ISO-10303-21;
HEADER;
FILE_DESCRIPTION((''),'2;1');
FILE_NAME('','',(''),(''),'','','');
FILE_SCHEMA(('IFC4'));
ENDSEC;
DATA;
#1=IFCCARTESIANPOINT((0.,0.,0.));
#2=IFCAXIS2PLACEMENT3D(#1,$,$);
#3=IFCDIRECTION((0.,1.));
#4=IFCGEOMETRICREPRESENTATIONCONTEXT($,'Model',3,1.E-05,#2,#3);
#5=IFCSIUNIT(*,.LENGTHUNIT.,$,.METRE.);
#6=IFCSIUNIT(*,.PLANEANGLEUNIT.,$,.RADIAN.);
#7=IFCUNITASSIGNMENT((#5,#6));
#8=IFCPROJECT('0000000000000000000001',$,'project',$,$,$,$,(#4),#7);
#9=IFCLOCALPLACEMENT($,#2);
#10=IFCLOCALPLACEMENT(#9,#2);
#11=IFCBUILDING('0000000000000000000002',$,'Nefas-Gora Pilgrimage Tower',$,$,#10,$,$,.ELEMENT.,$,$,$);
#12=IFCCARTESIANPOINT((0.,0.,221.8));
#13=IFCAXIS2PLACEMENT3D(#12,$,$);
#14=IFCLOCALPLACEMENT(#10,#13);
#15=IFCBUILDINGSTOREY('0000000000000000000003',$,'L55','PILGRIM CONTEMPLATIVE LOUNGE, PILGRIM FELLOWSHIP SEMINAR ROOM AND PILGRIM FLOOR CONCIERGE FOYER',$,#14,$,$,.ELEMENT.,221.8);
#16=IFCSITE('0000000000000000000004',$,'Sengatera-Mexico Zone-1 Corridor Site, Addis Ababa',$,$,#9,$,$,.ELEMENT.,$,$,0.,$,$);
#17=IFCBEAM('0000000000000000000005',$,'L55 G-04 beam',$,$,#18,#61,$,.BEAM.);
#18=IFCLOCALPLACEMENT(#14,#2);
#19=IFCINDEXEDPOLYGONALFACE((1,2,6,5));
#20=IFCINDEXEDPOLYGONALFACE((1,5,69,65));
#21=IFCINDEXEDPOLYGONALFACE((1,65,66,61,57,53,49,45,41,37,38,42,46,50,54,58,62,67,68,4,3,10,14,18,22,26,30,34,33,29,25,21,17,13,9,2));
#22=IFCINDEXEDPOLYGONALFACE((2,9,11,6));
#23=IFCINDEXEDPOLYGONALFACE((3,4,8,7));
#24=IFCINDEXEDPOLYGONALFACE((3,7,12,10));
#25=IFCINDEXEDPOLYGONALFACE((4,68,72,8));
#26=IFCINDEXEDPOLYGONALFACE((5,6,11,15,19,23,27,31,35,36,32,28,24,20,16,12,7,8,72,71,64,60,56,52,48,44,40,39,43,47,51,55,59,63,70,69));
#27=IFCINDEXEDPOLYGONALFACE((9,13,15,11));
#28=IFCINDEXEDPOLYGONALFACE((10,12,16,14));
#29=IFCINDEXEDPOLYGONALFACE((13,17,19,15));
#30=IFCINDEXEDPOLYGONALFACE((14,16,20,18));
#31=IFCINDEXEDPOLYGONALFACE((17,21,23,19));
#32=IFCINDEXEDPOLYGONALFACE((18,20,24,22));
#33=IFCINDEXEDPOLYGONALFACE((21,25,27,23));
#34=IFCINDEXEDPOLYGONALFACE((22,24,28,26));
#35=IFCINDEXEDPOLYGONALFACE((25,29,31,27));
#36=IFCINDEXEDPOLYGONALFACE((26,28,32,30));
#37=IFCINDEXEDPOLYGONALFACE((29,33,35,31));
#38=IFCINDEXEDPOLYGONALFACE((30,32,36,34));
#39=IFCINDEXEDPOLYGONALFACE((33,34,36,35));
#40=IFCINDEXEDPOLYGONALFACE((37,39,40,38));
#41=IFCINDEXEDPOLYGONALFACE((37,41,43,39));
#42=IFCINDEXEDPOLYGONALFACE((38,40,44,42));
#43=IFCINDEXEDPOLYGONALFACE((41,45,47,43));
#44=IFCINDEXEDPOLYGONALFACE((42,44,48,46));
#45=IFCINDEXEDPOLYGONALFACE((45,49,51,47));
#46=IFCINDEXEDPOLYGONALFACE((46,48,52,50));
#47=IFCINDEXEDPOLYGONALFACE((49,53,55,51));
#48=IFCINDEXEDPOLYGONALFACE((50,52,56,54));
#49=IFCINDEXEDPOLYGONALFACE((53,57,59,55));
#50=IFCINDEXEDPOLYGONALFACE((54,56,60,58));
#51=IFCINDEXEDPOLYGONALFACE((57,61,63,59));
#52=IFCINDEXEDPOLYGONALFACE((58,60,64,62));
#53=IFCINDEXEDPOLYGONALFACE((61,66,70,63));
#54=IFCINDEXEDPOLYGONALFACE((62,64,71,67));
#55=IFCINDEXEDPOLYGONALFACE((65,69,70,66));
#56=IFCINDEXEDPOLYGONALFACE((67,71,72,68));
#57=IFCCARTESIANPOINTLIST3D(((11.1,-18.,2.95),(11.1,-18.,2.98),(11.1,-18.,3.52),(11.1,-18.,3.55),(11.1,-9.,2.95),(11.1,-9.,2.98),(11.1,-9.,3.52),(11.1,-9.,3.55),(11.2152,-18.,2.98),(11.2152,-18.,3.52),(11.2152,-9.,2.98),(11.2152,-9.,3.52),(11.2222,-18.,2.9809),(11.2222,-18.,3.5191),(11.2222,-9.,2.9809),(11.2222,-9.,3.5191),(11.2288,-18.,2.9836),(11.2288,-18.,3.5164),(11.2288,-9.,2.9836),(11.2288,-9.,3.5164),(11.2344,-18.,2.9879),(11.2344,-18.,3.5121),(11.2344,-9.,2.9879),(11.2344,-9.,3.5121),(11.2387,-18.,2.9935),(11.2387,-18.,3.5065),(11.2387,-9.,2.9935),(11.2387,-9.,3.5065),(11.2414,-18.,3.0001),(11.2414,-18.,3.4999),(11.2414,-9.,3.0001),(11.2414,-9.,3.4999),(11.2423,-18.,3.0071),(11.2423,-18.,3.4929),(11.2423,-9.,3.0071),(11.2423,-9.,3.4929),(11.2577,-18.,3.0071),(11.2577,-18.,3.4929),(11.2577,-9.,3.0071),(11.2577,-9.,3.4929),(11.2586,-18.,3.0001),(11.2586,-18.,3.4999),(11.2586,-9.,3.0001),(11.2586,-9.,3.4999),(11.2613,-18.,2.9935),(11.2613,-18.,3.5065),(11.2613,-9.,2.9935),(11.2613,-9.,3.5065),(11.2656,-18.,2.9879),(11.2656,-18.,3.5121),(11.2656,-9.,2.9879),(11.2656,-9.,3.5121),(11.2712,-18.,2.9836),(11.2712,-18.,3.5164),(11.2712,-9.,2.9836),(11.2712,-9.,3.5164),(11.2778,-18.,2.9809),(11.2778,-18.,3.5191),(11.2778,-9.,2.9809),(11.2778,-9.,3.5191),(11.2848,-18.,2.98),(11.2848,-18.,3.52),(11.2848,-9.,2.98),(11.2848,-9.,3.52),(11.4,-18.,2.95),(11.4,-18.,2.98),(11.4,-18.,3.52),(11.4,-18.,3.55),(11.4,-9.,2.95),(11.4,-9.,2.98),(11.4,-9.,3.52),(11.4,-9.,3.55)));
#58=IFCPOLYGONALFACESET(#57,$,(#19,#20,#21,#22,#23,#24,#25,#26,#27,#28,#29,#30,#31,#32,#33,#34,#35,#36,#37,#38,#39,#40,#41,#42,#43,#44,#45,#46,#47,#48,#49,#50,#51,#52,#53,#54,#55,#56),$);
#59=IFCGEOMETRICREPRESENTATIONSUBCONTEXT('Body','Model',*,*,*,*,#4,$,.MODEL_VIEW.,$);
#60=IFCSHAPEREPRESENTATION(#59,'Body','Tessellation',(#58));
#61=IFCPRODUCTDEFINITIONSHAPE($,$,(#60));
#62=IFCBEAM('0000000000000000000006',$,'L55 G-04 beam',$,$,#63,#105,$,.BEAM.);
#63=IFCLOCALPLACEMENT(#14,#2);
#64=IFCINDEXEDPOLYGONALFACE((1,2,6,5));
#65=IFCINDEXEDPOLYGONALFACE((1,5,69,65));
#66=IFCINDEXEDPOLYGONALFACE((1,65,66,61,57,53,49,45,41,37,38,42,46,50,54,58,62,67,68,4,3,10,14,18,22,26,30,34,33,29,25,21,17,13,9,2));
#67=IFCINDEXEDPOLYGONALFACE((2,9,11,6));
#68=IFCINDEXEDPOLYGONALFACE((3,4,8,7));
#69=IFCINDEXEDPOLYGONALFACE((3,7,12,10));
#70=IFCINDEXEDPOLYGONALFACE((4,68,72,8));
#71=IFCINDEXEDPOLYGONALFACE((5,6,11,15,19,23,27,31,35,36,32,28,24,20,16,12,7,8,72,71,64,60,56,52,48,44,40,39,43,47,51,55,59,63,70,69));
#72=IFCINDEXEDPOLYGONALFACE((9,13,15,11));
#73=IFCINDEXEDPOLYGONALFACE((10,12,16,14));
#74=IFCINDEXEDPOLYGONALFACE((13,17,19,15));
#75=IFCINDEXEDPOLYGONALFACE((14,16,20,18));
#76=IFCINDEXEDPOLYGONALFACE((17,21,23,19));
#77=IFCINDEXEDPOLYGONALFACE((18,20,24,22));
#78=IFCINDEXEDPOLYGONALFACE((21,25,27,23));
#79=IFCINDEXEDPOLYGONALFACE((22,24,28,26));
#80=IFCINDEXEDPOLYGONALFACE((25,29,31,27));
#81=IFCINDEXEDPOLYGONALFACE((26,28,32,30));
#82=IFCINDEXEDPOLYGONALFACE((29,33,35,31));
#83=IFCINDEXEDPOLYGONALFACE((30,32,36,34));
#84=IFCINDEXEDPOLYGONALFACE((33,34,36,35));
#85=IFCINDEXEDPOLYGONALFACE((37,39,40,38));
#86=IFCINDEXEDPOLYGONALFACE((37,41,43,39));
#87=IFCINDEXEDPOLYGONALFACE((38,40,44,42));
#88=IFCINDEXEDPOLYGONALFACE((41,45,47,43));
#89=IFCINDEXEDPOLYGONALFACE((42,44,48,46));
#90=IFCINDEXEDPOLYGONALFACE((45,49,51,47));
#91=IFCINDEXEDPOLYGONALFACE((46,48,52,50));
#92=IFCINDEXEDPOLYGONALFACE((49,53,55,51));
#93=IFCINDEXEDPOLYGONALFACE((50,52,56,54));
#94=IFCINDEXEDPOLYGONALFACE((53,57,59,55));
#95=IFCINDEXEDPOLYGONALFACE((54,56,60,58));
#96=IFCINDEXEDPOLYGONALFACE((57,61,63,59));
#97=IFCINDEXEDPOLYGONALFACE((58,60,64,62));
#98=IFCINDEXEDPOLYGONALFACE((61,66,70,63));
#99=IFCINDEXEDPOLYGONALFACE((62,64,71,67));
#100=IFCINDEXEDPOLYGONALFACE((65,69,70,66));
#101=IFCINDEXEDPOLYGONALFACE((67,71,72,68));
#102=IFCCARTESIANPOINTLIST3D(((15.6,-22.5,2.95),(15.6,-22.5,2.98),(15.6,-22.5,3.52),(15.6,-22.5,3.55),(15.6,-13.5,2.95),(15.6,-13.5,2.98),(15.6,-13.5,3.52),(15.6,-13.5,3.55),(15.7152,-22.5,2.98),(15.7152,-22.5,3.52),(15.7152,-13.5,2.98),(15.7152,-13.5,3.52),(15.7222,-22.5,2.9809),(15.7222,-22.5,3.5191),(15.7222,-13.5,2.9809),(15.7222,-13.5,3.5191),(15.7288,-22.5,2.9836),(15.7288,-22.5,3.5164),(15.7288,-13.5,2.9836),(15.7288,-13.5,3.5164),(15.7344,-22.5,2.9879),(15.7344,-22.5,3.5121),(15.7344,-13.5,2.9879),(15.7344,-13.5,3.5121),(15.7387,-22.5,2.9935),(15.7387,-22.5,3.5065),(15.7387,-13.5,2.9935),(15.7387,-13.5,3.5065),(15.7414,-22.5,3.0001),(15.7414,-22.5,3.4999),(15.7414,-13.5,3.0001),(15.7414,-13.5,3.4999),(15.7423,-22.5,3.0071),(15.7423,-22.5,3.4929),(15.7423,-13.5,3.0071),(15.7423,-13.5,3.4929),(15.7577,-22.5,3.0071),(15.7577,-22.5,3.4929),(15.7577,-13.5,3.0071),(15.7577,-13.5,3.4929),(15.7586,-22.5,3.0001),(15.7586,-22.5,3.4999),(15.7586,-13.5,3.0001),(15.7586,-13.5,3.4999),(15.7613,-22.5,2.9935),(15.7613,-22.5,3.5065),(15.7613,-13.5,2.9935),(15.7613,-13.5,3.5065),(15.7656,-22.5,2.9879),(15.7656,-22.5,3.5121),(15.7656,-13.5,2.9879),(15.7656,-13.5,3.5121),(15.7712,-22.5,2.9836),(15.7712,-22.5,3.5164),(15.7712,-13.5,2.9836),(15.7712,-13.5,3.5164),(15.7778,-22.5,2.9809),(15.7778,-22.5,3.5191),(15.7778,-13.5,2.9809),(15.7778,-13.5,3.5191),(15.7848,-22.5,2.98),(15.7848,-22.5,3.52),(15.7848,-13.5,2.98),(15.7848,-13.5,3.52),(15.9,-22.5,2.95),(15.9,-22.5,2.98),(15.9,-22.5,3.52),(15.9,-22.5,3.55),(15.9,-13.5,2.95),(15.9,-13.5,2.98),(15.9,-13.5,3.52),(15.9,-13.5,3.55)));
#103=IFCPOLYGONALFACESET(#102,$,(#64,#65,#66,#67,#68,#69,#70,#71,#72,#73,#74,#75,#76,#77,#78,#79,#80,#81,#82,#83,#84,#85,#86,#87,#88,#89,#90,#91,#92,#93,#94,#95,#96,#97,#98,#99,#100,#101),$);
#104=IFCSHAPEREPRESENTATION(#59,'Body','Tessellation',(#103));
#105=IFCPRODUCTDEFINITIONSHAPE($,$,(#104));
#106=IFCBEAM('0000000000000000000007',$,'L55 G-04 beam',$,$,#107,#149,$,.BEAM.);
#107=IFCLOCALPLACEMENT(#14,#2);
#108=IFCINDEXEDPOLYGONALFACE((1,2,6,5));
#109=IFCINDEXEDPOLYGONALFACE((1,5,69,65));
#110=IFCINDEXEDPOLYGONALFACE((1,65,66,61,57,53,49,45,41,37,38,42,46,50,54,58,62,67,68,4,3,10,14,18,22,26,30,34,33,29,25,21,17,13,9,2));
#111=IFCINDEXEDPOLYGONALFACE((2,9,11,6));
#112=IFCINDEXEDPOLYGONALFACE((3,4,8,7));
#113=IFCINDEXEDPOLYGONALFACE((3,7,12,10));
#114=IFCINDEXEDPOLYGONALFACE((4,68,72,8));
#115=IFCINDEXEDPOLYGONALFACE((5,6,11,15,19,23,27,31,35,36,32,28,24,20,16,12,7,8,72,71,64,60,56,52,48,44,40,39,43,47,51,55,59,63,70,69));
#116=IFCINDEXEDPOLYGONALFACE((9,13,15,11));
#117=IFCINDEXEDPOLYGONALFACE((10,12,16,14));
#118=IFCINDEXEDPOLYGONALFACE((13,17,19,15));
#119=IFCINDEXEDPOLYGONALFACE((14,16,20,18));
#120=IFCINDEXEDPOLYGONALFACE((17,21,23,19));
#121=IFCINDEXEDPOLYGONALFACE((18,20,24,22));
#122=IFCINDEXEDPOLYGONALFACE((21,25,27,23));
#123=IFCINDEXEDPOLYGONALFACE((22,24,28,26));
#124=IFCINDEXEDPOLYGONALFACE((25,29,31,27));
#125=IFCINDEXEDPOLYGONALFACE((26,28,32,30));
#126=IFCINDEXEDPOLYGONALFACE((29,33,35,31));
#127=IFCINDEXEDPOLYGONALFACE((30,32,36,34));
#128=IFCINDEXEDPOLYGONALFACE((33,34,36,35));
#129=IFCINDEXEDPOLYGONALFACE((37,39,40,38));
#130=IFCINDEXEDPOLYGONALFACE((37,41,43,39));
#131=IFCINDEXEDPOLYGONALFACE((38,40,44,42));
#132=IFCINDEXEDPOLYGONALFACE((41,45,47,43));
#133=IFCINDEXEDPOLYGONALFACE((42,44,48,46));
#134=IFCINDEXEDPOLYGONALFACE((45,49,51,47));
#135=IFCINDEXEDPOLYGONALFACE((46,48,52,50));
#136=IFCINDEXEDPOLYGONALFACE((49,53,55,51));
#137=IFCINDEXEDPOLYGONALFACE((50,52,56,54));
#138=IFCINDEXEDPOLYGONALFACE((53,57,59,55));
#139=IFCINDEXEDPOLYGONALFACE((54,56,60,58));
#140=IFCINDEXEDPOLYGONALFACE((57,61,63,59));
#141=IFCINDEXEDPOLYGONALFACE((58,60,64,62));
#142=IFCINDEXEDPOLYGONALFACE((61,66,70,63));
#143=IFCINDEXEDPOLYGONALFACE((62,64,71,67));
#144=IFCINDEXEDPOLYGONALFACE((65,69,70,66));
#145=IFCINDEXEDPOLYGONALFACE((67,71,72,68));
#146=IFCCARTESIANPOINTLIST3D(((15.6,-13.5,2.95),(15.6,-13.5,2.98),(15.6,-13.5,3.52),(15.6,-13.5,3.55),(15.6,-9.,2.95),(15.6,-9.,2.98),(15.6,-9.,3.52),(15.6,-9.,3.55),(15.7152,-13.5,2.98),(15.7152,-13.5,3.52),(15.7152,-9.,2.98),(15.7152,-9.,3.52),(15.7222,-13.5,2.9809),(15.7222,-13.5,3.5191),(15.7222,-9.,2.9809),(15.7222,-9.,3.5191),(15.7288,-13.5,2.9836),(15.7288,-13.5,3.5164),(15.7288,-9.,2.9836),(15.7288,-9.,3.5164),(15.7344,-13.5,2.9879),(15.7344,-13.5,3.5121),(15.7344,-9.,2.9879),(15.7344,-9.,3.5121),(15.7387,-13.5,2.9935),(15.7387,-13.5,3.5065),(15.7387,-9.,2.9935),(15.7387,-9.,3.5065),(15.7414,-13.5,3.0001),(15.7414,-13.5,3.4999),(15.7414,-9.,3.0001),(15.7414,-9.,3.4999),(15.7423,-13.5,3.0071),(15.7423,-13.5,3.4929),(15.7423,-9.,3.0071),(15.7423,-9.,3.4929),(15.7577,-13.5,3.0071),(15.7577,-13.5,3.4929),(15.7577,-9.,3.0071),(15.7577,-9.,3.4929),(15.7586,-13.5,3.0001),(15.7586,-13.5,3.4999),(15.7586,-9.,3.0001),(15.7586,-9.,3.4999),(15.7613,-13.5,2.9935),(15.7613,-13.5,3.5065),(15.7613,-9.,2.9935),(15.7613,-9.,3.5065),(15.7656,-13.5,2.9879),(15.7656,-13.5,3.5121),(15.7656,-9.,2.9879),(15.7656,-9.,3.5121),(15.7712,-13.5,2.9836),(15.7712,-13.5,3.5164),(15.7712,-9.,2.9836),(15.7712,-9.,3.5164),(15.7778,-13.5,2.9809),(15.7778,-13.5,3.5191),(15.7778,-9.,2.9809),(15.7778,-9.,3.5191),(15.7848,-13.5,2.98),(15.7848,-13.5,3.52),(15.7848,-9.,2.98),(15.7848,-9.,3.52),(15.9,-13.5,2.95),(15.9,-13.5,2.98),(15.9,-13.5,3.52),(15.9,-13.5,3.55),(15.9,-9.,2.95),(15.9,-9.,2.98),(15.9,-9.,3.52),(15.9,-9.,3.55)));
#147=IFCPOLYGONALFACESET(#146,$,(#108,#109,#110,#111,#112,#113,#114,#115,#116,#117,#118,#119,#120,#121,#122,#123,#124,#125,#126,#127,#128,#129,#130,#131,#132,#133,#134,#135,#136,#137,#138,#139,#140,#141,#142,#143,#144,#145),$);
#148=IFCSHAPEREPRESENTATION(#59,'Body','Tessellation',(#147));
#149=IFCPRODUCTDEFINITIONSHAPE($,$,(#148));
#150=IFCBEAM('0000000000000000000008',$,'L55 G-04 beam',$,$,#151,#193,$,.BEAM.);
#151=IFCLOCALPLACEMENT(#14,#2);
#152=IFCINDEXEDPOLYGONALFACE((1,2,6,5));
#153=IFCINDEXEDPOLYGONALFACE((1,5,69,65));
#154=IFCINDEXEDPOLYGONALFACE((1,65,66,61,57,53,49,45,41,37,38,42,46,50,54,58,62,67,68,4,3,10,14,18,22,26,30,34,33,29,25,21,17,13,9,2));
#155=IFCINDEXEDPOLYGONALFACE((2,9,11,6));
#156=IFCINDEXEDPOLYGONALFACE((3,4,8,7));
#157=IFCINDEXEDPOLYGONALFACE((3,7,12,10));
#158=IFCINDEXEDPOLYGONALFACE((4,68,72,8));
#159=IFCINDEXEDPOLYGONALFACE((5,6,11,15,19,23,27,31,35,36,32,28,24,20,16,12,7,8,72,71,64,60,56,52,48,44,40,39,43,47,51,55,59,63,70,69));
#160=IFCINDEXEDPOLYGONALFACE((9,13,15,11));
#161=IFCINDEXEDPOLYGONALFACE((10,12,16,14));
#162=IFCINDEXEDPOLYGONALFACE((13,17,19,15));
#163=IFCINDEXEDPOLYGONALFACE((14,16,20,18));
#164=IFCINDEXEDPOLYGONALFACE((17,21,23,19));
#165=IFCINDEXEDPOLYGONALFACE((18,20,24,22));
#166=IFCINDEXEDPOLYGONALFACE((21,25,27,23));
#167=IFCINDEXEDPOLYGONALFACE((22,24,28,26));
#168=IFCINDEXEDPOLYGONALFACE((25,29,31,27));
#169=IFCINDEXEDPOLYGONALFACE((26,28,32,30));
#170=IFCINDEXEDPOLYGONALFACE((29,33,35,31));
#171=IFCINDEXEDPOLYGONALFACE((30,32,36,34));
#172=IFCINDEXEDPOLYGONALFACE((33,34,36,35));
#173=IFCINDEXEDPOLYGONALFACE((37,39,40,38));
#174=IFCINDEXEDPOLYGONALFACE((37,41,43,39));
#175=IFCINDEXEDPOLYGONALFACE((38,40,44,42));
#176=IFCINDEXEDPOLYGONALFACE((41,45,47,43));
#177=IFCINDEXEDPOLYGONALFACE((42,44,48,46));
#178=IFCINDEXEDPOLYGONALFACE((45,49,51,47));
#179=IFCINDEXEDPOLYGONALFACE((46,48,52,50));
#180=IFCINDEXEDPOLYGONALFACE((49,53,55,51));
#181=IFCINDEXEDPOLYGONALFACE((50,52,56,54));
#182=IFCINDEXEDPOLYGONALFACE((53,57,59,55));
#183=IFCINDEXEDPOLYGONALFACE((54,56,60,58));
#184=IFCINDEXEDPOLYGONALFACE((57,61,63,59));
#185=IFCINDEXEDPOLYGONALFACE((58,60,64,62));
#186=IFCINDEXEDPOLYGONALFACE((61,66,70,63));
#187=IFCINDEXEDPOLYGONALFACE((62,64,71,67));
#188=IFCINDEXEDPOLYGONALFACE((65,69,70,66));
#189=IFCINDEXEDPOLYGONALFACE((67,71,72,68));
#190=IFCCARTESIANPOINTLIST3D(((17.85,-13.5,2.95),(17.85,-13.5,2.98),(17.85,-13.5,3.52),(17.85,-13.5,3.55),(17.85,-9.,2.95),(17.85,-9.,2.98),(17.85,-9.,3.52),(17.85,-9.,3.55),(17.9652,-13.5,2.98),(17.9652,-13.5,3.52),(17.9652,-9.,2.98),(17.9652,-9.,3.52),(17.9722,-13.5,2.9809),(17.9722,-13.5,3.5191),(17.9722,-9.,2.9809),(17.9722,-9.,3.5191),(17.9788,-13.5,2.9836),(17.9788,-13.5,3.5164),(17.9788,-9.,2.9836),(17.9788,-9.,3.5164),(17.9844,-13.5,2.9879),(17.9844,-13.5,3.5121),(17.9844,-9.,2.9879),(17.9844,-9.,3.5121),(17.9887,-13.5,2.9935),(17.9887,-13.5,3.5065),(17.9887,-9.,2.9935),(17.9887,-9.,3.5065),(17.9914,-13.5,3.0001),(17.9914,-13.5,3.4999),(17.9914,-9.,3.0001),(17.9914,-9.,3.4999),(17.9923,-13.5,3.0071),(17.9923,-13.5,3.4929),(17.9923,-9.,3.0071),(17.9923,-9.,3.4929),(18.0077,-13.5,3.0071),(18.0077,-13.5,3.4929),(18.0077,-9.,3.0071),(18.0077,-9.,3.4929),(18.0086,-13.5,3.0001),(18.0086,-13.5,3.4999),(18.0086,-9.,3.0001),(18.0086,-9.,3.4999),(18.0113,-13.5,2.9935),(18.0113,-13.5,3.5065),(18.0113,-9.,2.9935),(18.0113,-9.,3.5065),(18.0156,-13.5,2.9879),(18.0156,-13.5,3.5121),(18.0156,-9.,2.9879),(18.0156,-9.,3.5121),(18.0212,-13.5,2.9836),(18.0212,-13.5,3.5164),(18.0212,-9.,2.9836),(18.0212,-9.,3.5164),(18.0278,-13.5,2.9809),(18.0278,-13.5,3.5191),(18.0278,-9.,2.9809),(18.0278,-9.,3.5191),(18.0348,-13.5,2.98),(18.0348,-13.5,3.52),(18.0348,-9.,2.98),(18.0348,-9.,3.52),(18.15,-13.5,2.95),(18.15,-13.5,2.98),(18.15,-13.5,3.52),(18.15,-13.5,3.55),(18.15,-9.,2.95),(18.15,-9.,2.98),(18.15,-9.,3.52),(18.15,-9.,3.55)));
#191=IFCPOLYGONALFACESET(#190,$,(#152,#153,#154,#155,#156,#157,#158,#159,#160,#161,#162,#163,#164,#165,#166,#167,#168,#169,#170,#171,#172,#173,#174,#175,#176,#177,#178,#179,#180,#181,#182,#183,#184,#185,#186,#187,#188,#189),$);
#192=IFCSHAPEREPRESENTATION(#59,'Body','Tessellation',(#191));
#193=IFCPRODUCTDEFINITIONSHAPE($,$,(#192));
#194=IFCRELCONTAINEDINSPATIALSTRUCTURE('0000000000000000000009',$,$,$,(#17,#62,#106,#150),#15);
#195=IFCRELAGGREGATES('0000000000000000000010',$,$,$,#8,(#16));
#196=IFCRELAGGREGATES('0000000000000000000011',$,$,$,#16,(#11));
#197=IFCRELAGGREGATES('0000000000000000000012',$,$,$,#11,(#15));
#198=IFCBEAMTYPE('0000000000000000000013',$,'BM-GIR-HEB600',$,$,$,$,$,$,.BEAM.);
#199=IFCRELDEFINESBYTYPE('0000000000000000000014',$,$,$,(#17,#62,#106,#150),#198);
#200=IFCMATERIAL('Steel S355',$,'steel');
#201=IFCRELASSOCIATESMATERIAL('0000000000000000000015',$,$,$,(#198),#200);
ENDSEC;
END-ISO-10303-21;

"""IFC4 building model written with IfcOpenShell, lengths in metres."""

from ifc_helpers import new_model, si_unit, direction, frame, origin, origin_2d, place, context, subcontext, project, spatial, i_section, extrude, source, transform, mapped, material, material_profile, profile_set, type_object, element, save


model = new_model("IFC4")

# Units and contexts
model_context = context("Model", 3, precision=1e-05, world=origin(), true_north=direction((0.0, 1.0)))
body_context = subcontext(model_context, "Body", "Model", "MODEL_VIEW")
ifc_project = project(units=[si_unit("LENGTHUNIT", "METRE"), si_unit("PLANEANGLEUNIT", "RADIAN")], contexts=[model_context])

# Site, building, storey
site_placement = place(None, origin())
site = spatial("IfcSite", under=ifc_project, at=site_placement, Name="Sengatera-Mexico Zone-1 Corridor Site, Addis Ababa", CompositionType="ELEMENT", RefElevation=0.0)
building_placement = place(site_placement, origin())
building = spatial("IfcBuilding", under=site, at=building_placement, Name="Nefas-Gora Pilgrimage Tower", CompositionType="ELEMENT")
storey_placement = place(building_placement, frame((0.0, 0.0, 221.8)))
storey = spatial("IfcBuildingStorey", under=building, at=storey_placement, Name="L55", Description="PILGRIM CONTEMPLATIVE LOUNGE, PILGRIM FELLOWSHIP SEMINAR ROOM AND PILGRIM FLOOR CONCIERGE FOYER", CompositionType="ELEMENT", Elevation=221.8)

# Beams
ifc_material_1 = material(Name="Steel S355", Category="steel")
ifc_material_profile_1 = material_profile(ifc_material_1, i_section(OverallWidth=0.3, OverallDepth=0.6001, WebThickness=0.0154, FlangeThickness=0.03, FilletRadius=0.0271, at=origin_2d()), Name="HEB 600")
ifc_profile_set_1 = profile_set([ifc_material_profile_1], Name="Steel S355")
beam_type_1 = type_object("IfcBeamType", Name="BM-GIR-HEB600", PredefinedType="BEAM", material=ifc_profile_set_1)
shared_shape_1 = source(origin(), body_context, "Body", "SweptSolid", [
    extrude(i_section(OverallWidth=0.3, OverallDepth=0.6001, WebThickness=0.0154, FlangeThickness=0.03, FilletRadius=0.0271, at=origin_2d()), origin(), (0.0, 0.0, 1.0), 9.0),
])
for number, where, z_axis, x_axis, name in (
    (1, (11.25, -18.0, 3.25), (0.0, 1.0, 0.0), (-1.0, 0.0, 0.0), "L55 G-04 beam"),
    (2, (15.75, -22.5, 3.25), (0.0, 1.0, 0.0), (-1.0, 0.0, 0.0), "L55 G-04 beam"),
):
    element("IfcBeam", number, at=place(storey_placement, frame(where, z_axis=z_axis, x_axis=x_axis)), inside=storey, type_object=beam_type_1, Name=name, PredefinedType="BEAM", context=body_context, shape_type="MappedRepresentation", body=[
        mapped(shared_shape_1, transform((0.0, 0.0, 0.0), x_axis=(1.0, 0.0, 0.0), y_axis=(0.0, 1.0, 0.0), z_axis=(0.0, 0.0, 1.0), scale=1.0)),
    ])
shared_shape_2 = source(origin(), body_context, "Body", "SweptSolid", [
    extrude(i_section(OverallWidth=0.3, OverallDepth=0.6001, WebThickness=0.0154, FlangeThickness=0.03, FilletRadius=0.0271, at=origin_2d()), origin(), (0.0, 0.0, 1.0), 4.5),
])
for number, where, z_axis, x_axis, name in (
    (3, (15.75, -13.5, 3.25), (0.0, 1.0, 0.0), (-1.0, 0.0, 0.0), "L55 G-04 beam"),
    (4, (18.0, -13.5, 3.25), (0.0, 1.0, 0.0), (-1.0, 0.0, 0.0), "L55 G-04 beam"),
):
    element("IfcBeam", number, at=place(storey_placement, frame(where, z_axis=z_axis, x_axis=x_axis)), inside=storey, type_object=beam_type_1, Name=name, PredefinedType="BEAM", context=body_context, shape_type="MappedRepresentation", body=[
        mapped(shared_shape_2, transform((0.0, 0.0, 0.0), x_axis=(1.0, 0.0, 0.0), y_axis=(0.0, 1.0, 0.0), z_axis=(0.0, 0.0, 1.0), scale=1.0)),
    ])

save(model, "model.ifc")
